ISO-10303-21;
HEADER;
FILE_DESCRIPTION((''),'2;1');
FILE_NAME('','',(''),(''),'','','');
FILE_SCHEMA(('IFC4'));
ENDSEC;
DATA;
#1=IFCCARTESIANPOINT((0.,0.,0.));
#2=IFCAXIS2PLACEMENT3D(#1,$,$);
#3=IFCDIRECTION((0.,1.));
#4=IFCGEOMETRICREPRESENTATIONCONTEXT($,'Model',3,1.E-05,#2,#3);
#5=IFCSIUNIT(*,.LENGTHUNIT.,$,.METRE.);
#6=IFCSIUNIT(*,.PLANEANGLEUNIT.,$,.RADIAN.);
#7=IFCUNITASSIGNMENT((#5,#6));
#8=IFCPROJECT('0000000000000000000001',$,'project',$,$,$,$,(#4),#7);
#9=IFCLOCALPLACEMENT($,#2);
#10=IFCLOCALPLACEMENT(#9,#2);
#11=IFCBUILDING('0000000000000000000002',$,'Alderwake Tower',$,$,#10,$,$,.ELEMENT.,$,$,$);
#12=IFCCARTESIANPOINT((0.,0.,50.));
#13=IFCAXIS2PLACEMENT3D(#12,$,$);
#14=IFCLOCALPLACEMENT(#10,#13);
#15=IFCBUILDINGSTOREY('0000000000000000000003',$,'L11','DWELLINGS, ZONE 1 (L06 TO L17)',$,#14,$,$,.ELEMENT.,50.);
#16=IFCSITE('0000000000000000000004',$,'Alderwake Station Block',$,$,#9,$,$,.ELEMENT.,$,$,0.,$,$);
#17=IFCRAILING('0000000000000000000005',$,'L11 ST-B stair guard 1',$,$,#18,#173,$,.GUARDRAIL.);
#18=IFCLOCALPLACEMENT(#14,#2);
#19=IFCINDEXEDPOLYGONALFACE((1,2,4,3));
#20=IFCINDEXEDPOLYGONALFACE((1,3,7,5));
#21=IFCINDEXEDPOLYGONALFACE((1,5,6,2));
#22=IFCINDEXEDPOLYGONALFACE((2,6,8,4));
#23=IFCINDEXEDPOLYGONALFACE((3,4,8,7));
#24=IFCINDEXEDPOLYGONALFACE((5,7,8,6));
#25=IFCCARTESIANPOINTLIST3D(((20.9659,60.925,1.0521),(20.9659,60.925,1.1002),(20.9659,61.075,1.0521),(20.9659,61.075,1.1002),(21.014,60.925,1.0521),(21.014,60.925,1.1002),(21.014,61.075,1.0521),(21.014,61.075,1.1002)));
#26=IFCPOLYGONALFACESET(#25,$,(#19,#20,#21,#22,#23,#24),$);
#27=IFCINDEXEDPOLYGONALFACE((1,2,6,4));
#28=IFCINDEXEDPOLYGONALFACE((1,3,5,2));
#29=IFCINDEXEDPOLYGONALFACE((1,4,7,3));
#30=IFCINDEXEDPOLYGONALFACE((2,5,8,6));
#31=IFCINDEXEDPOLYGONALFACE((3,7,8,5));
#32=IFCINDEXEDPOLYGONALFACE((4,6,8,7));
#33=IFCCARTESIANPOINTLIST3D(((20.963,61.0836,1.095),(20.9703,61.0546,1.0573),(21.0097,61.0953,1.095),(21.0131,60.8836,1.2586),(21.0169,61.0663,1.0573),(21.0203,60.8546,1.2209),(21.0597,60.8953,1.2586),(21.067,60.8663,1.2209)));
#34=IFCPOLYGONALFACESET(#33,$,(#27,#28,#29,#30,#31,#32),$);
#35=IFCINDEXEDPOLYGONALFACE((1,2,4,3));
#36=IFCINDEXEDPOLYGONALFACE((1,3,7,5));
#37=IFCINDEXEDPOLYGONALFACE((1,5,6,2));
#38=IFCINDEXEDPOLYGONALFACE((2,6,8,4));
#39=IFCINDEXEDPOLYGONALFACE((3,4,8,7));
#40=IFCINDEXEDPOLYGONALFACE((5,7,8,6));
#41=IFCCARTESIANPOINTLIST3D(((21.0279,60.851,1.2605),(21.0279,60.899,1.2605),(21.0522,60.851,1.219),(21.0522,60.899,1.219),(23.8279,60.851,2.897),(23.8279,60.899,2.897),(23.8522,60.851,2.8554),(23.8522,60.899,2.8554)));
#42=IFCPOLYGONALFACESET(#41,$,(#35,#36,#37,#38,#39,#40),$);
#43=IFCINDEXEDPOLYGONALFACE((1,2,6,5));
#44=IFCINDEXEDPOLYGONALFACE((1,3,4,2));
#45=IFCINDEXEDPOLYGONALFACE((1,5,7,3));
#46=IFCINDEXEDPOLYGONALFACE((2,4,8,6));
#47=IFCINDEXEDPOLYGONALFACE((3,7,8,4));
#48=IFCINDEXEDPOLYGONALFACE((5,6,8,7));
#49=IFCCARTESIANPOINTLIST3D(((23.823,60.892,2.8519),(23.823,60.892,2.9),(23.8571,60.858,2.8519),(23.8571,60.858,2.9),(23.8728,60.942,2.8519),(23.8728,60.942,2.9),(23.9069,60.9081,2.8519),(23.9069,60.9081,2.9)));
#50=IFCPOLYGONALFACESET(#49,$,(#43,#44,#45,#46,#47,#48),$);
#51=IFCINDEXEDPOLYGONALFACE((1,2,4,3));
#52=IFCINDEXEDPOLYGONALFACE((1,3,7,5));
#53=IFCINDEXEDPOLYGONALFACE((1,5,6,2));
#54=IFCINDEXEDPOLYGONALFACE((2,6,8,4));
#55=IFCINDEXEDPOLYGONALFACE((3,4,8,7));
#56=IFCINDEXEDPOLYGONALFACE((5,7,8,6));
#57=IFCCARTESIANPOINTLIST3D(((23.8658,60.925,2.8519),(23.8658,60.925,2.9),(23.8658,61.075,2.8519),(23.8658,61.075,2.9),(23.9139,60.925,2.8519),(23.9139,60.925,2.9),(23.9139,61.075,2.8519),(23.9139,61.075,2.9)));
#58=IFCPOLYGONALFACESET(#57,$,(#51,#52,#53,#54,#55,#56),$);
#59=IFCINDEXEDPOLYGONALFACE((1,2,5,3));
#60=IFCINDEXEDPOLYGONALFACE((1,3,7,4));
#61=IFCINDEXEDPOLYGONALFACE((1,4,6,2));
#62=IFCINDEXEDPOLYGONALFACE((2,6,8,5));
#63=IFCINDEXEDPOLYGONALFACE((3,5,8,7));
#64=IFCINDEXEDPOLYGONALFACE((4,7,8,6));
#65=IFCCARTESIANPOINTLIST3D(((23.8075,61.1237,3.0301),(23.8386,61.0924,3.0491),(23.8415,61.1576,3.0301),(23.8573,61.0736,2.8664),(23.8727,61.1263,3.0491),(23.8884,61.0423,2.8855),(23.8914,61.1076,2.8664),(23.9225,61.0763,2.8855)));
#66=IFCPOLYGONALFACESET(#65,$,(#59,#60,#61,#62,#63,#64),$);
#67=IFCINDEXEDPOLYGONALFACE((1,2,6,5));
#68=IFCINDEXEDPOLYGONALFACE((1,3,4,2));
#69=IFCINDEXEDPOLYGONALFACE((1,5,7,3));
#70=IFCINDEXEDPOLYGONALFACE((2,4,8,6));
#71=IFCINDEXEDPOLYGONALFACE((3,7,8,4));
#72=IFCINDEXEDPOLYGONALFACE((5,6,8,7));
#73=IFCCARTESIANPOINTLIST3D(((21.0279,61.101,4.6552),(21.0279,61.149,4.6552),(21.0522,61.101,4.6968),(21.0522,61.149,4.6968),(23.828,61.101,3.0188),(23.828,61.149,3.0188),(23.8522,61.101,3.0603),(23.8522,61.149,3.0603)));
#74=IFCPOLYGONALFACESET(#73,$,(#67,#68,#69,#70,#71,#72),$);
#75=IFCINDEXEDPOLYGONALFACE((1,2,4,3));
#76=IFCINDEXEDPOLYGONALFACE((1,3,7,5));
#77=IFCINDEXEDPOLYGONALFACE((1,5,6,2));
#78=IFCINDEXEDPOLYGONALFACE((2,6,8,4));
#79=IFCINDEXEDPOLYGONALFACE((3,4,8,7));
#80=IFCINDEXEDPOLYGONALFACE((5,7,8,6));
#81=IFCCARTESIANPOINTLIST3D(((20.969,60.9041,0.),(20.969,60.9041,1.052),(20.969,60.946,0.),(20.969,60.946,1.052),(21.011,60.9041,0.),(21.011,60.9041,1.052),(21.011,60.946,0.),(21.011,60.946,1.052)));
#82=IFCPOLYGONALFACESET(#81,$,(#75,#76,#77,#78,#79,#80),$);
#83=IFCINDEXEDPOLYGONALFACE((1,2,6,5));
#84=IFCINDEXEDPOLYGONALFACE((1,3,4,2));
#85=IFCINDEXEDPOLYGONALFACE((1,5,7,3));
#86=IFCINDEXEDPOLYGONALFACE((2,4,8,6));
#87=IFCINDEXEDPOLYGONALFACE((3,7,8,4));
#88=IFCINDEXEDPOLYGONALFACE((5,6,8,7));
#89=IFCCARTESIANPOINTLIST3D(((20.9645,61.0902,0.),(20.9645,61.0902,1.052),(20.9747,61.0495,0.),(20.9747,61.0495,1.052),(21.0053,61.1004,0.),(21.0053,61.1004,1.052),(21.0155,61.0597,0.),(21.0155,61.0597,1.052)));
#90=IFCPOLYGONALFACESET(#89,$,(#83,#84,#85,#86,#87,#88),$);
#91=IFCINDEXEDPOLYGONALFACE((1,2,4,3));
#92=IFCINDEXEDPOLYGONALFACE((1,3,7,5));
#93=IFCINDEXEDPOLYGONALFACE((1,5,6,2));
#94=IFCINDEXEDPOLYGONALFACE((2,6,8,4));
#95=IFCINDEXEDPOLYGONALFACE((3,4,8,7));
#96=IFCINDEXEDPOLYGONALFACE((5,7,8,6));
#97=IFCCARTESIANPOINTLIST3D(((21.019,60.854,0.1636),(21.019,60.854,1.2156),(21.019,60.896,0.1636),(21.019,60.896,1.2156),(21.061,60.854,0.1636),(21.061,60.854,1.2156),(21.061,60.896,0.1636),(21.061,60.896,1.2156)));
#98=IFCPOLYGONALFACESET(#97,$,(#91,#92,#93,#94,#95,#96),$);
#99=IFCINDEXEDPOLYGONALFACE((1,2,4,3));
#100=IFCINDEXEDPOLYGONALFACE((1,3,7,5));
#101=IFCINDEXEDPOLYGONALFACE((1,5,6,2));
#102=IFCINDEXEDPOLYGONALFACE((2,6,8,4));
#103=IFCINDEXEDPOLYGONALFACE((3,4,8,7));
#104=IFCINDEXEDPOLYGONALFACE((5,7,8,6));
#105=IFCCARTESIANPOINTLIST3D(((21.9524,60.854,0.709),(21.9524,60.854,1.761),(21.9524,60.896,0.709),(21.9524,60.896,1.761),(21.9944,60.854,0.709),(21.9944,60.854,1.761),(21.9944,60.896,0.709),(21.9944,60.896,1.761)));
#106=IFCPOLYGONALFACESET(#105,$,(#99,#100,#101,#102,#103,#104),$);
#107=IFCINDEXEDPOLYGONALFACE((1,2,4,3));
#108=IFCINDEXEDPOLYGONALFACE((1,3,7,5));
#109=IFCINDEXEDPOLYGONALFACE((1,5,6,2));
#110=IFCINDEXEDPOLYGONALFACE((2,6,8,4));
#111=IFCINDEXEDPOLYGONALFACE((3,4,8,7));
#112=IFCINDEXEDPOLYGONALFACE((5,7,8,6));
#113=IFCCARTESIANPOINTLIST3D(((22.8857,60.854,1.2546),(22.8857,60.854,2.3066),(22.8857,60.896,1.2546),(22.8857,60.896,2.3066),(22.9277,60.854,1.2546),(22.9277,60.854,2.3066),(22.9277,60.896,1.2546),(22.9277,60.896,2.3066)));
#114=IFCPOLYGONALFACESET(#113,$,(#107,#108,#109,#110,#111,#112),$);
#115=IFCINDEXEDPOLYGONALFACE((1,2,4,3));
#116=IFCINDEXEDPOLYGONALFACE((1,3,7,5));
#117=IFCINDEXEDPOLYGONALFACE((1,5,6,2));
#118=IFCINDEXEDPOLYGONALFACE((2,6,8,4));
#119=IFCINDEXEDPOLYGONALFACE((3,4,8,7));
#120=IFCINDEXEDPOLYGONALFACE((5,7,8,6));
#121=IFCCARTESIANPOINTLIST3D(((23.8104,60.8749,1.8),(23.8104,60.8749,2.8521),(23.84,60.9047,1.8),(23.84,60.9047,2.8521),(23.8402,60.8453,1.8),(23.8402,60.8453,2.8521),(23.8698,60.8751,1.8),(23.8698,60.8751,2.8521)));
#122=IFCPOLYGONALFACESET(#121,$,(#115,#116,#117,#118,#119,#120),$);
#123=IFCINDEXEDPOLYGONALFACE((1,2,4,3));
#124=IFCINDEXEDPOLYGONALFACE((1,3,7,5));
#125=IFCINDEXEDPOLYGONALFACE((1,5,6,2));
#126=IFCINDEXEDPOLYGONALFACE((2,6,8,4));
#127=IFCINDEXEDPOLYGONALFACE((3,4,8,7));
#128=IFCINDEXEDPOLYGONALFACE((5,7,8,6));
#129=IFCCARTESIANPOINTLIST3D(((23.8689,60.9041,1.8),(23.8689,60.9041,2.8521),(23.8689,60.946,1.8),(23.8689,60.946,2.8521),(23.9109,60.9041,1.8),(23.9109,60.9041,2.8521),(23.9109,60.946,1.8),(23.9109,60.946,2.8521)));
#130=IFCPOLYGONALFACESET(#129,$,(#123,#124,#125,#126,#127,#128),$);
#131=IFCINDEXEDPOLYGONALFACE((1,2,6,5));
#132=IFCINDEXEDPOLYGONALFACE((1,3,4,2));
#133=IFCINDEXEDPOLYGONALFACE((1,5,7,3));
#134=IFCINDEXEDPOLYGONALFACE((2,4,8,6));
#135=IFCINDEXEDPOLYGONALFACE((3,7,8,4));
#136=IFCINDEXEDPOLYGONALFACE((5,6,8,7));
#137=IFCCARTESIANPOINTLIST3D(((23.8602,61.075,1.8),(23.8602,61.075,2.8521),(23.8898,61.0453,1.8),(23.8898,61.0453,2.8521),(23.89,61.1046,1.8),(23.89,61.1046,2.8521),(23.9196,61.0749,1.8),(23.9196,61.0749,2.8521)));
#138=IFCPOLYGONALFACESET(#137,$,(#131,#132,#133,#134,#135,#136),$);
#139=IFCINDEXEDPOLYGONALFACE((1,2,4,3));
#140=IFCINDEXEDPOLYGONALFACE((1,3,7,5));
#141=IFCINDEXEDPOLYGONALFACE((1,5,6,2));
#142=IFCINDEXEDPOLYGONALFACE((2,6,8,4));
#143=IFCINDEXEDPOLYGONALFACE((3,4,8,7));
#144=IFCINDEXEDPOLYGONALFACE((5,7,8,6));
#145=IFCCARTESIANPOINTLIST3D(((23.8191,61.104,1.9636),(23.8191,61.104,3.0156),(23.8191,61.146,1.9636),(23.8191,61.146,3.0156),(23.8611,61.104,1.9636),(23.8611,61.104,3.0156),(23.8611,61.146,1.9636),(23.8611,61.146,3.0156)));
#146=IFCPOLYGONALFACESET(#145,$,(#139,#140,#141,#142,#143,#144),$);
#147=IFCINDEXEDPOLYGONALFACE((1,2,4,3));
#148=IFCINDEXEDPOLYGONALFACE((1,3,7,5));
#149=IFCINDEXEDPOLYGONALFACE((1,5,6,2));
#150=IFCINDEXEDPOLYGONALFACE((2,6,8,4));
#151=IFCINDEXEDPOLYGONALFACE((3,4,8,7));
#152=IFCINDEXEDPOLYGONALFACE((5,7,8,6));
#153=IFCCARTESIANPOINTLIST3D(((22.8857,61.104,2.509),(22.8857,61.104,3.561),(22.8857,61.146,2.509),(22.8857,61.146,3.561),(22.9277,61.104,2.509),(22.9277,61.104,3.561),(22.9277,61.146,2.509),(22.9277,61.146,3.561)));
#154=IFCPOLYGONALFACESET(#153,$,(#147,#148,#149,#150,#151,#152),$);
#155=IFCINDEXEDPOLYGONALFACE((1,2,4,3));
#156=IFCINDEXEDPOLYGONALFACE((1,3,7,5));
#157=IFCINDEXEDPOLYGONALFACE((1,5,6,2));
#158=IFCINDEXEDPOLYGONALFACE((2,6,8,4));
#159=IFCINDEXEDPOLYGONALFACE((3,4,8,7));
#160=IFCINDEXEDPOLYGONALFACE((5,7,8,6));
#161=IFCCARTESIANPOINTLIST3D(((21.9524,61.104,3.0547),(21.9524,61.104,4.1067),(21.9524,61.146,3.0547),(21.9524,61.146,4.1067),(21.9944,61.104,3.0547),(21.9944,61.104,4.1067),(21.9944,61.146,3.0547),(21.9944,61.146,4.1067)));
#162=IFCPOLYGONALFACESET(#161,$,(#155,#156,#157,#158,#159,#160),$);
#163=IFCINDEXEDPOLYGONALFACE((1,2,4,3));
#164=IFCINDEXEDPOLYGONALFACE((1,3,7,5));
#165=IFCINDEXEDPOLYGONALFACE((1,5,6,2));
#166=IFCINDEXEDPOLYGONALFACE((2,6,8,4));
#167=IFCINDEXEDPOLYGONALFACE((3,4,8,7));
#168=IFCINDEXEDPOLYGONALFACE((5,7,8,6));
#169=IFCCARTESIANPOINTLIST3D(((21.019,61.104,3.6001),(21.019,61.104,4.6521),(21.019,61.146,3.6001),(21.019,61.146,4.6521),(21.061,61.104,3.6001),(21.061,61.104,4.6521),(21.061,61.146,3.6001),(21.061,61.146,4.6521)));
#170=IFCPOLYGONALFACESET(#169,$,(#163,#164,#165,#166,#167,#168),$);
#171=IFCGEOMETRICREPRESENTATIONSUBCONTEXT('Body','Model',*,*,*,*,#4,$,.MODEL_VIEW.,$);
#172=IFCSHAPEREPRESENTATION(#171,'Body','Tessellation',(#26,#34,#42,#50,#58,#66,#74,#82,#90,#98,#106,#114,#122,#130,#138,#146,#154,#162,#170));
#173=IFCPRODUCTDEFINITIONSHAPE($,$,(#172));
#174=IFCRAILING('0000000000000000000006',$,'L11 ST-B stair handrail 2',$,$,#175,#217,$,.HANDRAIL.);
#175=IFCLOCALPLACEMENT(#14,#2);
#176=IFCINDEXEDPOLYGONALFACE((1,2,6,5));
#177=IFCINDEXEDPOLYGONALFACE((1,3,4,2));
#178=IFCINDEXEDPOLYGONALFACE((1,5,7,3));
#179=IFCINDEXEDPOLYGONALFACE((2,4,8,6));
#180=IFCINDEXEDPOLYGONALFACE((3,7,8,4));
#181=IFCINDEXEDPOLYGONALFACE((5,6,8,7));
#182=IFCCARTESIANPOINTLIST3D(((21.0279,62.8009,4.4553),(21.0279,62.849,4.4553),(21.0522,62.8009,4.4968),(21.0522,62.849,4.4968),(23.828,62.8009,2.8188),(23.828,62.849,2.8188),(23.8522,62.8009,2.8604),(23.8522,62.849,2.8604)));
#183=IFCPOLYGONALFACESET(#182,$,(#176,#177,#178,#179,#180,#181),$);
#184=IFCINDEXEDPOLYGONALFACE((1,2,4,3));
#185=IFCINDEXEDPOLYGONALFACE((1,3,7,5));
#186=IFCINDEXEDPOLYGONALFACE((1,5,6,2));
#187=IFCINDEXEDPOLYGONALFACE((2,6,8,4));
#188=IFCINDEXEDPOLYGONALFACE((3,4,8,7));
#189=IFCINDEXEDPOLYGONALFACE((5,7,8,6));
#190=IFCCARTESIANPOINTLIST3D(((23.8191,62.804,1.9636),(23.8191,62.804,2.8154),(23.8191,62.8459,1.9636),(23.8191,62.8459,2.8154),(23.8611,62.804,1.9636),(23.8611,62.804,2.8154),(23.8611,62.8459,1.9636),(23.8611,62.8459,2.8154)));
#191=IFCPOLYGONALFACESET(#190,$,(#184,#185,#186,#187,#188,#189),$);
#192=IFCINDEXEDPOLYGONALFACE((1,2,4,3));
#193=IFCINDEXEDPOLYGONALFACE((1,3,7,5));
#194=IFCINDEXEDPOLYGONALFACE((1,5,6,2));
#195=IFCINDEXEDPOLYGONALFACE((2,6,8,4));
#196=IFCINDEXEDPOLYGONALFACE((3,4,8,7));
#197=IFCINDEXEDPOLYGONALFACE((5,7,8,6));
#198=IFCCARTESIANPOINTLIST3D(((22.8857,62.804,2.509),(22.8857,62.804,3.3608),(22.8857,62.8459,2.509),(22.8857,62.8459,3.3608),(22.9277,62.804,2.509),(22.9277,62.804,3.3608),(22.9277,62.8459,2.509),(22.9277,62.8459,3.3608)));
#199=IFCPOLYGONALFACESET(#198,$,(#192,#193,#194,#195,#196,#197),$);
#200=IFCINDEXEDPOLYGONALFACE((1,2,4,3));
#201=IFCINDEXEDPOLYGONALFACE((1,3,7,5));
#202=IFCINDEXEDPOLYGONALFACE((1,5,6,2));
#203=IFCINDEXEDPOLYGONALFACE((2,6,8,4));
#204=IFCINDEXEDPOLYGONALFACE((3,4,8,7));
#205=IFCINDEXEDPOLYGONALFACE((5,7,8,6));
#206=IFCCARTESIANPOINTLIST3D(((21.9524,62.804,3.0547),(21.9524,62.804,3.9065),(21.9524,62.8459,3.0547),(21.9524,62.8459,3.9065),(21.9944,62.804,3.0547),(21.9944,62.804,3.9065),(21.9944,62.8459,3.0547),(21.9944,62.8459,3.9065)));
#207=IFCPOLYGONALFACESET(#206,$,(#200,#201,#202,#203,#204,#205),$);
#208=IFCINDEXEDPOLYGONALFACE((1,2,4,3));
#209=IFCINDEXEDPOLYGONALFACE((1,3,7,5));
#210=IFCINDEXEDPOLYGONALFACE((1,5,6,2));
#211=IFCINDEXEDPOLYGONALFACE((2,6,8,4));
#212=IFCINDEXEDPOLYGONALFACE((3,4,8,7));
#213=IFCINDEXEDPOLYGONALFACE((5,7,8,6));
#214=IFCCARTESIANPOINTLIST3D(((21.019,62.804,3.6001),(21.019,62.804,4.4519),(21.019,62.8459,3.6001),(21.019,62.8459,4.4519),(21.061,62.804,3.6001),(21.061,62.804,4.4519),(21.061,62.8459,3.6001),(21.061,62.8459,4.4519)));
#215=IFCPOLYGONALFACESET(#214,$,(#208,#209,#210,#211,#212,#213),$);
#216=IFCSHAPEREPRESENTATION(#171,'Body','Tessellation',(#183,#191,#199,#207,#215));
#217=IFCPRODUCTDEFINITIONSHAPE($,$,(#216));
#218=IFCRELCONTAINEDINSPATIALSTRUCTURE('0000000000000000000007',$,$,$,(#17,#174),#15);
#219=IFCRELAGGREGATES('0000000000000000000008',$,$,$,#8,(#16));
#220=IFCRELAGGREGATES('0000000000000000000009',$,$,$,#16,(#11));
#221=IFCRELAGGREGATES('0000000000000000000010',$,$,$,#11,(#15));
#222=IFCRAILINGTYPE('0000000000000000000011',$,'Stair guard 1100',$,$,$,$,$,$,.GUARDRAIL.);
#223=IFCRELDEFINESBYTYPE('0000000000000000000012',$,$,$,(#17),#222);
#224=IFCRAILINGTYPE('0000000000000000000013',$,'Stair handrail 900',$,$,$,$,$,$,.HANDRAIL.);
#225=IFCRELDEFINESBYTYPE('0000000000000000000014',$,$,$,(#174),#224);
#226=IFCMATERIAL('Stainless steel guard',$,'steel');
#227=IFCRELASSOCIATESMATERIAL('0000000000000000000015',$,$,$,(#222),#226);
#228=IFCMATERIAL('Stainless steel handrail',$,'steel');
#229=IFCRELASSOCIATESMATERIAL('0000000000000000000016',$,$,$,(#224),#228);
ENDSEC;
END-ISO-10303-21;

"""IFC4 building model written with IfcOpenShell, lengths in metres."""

from ifc_helpers import new_model, si_unit, direction, frame, origin, origin_2d, place, context, subcontext, project, spatial, rectangle, extrude, material, type_object, element, save


model = new_model("IFC4")

# Units and contexts
model_context = context("Model", 3, precision=1e-05, world=origin(), true_north=direction((0.0, 1.0)))
body_context = subcontext(model_context, "Body", "Model", "MODEL_VIEW")
ifc_project = project(units=[si_unit("LENGTHUNIT", "METRE"), si_unit("PLANEANGLEUNIT", "RADIAN")], contexts=[model_context])

# Site, building, storey
site_placement = place(None, origin())
site = spatial("IfcSite", under=ifc_project, at=site_placement, Name="Alderwake Station Block", CompositionType="ELEMENT", RefElevation=0.0)
building_placement = place(site_placement, origin())
building = spatial("IfcBuilding", under=site, at=building_placement, Name="Alderwake Tower", CompositionType="ELEMENT")
storey_placement = place(building_placement, frame((0.0, 0.0, 50.0)))
storey = spatial("IfcBuildingStorey", under=building, at=storey_placement, Name="L11", Description="DWELLINGS, ZONE 1 (L06 TO L17)", CompositionType="ELEMENT", Elevation=50.0)

# Railings
ifc_material_1 = material(Name="Stainless steel guard", Category="steel")
railing_type_1 = type_object("IfcRailingType", Name="Stair guard 1100", PredefinedType="GUARDRAIL", material=ifc_material_1)
railing_1_placement = place(storey_placement, frame((20.99, 60.925, 0.0)))
element("IfcRailing", 1, at=railing_1_placement, inside=storey, type_object=railing_type_1, Name="L11 ST-B stair guard 1", PredefinedType="GUARDRAIL", context=body_context, shape_type="SweptSolid", body=[
    extrude(rectangle(XDim=0.0481, YDim=0.0481, at=origin_2d()), frame((0.0, 0.0, 1.0762), z_axis=(0.0, 1.0, 0.0), x_axis=(-1.0, 0.0, 0.0)), (0.0, 0.0, 1.0), 0.1499),
    extrude(rectangle(XDim=0.0481, YDim=0.0481, at=origin_2d()), frame((0.0, 0.1499, 1.0762), z_axis=(0.1902, -0.75987, 0.621628), x_axis=(0.970073, 0.242814, 0.0)), (0.0, 0.0, 1.0), 0.2632),
    extrude(rectangle(XDim=0.0481, YDim=0.0481, at=origin_2d()), frame((0.05, -0.05, 1.2397), z_axis=(0.863361, 0.0, 0.504587), x_axis=(0.0, 1.0, 0.0)), (0.0, 0.0, 1.0), 3.2432),
    extrude(rectangle(XDim=0.0481, YDim=0.0481, at=origin_2d()), frame((2.8501, -0.05, 2.876), z_axis=(0.705376, 0.708834, 0.0), x_axis=(-0.708834, 0.705376, 0.0)), (0.0, 0.0, 1.0), 0.0706),
    extrude(rectangle(XDim=0.0481, YDim=0.0481, at=origin_2d()), frame((2.8999, 0.0, 2.876), z_axis=(0.0, 1.0, 0.0), x_axis=(-1.0, 0.0, 0.0)), (0.0, 0.0, 1.0), 0.1499),
    extrude(rectangle(XDim=0.0481, YDim=0.0481, at=origin_2d()), frame((2.8999, 0.1499, 2.876), z_axis=(-0.279546, 0.280917, 0.918118), x_axis=(-0.708834, -0.705376, 0.0)), (0.0, 0.0, 1.0), 0.1782),
    extrude(rectangle(XDim=0.0481, YDim=0.0481, at=origin_2d()), frame((2.8501, 0.2, 3.0396), z_axis=(-0.863361, 0.0, 0.504587), x_axis=(0.0, -1.0, 0.0)), (0.0, 0.0, 1.0), 3.2432),
    extrude(rectangle(XDim=0.042, YDim=0.042, at=origin_2d()), frame((0.0, 0.0, 0.0), z_axis=(0.0, 0.0, 1.0), x_axis=(0.0, 1.0, 0.0)), (0.0, 0.0, 1.0), 1.052),
    extrude(rectangle(XDim=0.042, YDim=0.042, at=origin_2d()), frame((0.0, 0.1499, 0.0), z_axis=(0.0, 0.0, 1.0), x_axis=(0.242814, -0.970073, 0.0)), (0.0, 0.0, 1.0), 1.052),
    extrude(rectangle(XDim=0.042, YDim=0.042, at=origin_2d()), frame((0.05, -0.05, 0.1636), z_axis=(0.0, 0.0, 1.0), x_axis=(1.0, 0.0, 0.0)), (0.0, 0.0, 1.0), 1.052),
    extrude(rectangle(XDim=0.042, YDim=0.042, at=origin_2d()), frame((0.9834, -0.05, 0.709), z_axis=(0.0, 0.0, 1.0), x_axis=(1.0, 0.0, 0.0)), (0.0, 0.0, 1.0), 1.052),
    extrude(rectangle(XDim=0.042, YDim=0.042, at=origin_2d()), frame((1.9167, -0.05, 1.2546), z_axis=(0.0, 0.0, 1.0), x_axis=(1.0, 0.0, 0.0)), (0.0, 0.0, 1.0), 1.052),
    extrude(rectangle(XDim=0.042, YDim=0.042, at=origin_2d()), frame((2.8501, -0.05, 1.8), z_axis=(0.0, 0.0, 1.0), x_axis=(0.705376, 0.708834, 0.0)), (0.0, 0.0, 1.0), 1.052),
    extrude(rectangle(XDim=0.042, YDim=0.042, at=origin_2d()), frame((2.8999, 0.0, 1.8), z_axis=(0.0, 0.0, 1.0), x_axis=(0.0, 1.0, 0.0)), (0.0, 0.0, 1.0), 1.052),
    extrude(rectangle(XDim=0.042, YDim=0.042, at=origin_2d()), frame((2.8999, 0.1499, 1.8), z_axis=(0.0, 0.0, 1.0), x_axis=(-0.705376, 0.708834, 0.0)), (0.0, 0.0, 1.0), 1.052),
    extrude(rectangle(XDim=0.042, YDim=0.042, at=origin_2d()), frame((2.8501, 0.2, 1.9636), z_axis=(0.0, 0.0, 1.0), x_axis=(-1.0, 0.0, 0.0)), (0.0, 0.0, 1.0), 1.052),
    extrude(rectangle(XDim=0.042, YDim=0.042, at=origin_2d()), frame((1.9167, 0.2, 2.509), z_axis=(0.0, 0.0, 1.0), x_axis=(-1.0, 0.0, 0.0)), (0.0, 0.0, 1.0), 1.052),
    extrude(rectangle(XDim=0.042, YDim=0.042, at=origin_2d()), frame((0.9834, 0.2, 3.0547), z_axis=(0.0, 0.0, 1.0), x_axis=(-1.0, 0.0, 0.0)), (0.0, 0.0, 1.0), 1.052),
    extrude(rectangle(XDim=0.042, YDim=0.042, at=origin_2d()), frame((0.05, 0.2, 3.6001), z_axis=(0.0, 0.0, 1.0), x_axis=(-1.0, 0.0, 0.0)), (0.0, 0.0, 1.0), 1.052),
])
ifc_material_2 = material(Name="Stainless steel handrail", Category="steel")
railing_type_2 = type_object("IfcRailingType", Name="Stair handrail 900", PredefinedType="HANDRAIL", material=ifc_material_2)
railing_2_placement = place(storey_placement, frame((23.8401, 62.825, 1.9636)))
element("IfcRailing", 2, at=railing_2_placement, inside=storey, type_object=railing_type_2, Name="L11 ST-B stair handrail 2", PredefinedType="HANDRAIL", context=body_context, shape_type="SweptSolid", body=[
    extrude(rectangle(XDim=0.0481, YDim=0.0481, at=origin_2d()), frame((0.0, 0.0, 0.876), z_axis=(-0.863361, 0.0, 0.504587), x_axis=(0.0, -1.0, 0.0)), (0.0, 0.0, 1.0), 3.2432),
    extrude(rectangle(XDim=0.042, YDim=0.042, at=origin_2d()), frame((0.0, 0.0, 0.0), z_axis=(0.0, 0.0, 1.0), x_axis=(-1.0, 0.0, 0.0)), (0.0, 0.0, 1.0), 0.8518),
    extrude(rectangle(XDim=0.042, YDim=0.042, at=origin_2d()), frame((-0.9333, 0.0, 0.5454), z_axis=(0.0, 0.0, 1.0), x_axis=(-1.0, 0.0, 0.0)), (0.0, 0.0, 1.0), 0.8518),
    extrude(rectangle(XDim=0.042, YDim=0.042, at=origin_2d()), frame((-1.8667, 0.0, 1.0911), z_axis=(0.0, 0.0, 1.0), x_axis=(-1.0, 0.0, 0.0)), (0.0, 0.0, 1.0), 0.8518),
    extrude(rectangle(XDim=0.042, YDim=0.042, at=origin_2d()), frame((-2.8, 0.0, 1.6365), z_axis=(0.0, 0.0, 1.0), x_axis=(-1.0, 0.0, 0.0)), (0.0, 0.0, 1.0), 0.8518),
])

save(model, "model.ifc")
